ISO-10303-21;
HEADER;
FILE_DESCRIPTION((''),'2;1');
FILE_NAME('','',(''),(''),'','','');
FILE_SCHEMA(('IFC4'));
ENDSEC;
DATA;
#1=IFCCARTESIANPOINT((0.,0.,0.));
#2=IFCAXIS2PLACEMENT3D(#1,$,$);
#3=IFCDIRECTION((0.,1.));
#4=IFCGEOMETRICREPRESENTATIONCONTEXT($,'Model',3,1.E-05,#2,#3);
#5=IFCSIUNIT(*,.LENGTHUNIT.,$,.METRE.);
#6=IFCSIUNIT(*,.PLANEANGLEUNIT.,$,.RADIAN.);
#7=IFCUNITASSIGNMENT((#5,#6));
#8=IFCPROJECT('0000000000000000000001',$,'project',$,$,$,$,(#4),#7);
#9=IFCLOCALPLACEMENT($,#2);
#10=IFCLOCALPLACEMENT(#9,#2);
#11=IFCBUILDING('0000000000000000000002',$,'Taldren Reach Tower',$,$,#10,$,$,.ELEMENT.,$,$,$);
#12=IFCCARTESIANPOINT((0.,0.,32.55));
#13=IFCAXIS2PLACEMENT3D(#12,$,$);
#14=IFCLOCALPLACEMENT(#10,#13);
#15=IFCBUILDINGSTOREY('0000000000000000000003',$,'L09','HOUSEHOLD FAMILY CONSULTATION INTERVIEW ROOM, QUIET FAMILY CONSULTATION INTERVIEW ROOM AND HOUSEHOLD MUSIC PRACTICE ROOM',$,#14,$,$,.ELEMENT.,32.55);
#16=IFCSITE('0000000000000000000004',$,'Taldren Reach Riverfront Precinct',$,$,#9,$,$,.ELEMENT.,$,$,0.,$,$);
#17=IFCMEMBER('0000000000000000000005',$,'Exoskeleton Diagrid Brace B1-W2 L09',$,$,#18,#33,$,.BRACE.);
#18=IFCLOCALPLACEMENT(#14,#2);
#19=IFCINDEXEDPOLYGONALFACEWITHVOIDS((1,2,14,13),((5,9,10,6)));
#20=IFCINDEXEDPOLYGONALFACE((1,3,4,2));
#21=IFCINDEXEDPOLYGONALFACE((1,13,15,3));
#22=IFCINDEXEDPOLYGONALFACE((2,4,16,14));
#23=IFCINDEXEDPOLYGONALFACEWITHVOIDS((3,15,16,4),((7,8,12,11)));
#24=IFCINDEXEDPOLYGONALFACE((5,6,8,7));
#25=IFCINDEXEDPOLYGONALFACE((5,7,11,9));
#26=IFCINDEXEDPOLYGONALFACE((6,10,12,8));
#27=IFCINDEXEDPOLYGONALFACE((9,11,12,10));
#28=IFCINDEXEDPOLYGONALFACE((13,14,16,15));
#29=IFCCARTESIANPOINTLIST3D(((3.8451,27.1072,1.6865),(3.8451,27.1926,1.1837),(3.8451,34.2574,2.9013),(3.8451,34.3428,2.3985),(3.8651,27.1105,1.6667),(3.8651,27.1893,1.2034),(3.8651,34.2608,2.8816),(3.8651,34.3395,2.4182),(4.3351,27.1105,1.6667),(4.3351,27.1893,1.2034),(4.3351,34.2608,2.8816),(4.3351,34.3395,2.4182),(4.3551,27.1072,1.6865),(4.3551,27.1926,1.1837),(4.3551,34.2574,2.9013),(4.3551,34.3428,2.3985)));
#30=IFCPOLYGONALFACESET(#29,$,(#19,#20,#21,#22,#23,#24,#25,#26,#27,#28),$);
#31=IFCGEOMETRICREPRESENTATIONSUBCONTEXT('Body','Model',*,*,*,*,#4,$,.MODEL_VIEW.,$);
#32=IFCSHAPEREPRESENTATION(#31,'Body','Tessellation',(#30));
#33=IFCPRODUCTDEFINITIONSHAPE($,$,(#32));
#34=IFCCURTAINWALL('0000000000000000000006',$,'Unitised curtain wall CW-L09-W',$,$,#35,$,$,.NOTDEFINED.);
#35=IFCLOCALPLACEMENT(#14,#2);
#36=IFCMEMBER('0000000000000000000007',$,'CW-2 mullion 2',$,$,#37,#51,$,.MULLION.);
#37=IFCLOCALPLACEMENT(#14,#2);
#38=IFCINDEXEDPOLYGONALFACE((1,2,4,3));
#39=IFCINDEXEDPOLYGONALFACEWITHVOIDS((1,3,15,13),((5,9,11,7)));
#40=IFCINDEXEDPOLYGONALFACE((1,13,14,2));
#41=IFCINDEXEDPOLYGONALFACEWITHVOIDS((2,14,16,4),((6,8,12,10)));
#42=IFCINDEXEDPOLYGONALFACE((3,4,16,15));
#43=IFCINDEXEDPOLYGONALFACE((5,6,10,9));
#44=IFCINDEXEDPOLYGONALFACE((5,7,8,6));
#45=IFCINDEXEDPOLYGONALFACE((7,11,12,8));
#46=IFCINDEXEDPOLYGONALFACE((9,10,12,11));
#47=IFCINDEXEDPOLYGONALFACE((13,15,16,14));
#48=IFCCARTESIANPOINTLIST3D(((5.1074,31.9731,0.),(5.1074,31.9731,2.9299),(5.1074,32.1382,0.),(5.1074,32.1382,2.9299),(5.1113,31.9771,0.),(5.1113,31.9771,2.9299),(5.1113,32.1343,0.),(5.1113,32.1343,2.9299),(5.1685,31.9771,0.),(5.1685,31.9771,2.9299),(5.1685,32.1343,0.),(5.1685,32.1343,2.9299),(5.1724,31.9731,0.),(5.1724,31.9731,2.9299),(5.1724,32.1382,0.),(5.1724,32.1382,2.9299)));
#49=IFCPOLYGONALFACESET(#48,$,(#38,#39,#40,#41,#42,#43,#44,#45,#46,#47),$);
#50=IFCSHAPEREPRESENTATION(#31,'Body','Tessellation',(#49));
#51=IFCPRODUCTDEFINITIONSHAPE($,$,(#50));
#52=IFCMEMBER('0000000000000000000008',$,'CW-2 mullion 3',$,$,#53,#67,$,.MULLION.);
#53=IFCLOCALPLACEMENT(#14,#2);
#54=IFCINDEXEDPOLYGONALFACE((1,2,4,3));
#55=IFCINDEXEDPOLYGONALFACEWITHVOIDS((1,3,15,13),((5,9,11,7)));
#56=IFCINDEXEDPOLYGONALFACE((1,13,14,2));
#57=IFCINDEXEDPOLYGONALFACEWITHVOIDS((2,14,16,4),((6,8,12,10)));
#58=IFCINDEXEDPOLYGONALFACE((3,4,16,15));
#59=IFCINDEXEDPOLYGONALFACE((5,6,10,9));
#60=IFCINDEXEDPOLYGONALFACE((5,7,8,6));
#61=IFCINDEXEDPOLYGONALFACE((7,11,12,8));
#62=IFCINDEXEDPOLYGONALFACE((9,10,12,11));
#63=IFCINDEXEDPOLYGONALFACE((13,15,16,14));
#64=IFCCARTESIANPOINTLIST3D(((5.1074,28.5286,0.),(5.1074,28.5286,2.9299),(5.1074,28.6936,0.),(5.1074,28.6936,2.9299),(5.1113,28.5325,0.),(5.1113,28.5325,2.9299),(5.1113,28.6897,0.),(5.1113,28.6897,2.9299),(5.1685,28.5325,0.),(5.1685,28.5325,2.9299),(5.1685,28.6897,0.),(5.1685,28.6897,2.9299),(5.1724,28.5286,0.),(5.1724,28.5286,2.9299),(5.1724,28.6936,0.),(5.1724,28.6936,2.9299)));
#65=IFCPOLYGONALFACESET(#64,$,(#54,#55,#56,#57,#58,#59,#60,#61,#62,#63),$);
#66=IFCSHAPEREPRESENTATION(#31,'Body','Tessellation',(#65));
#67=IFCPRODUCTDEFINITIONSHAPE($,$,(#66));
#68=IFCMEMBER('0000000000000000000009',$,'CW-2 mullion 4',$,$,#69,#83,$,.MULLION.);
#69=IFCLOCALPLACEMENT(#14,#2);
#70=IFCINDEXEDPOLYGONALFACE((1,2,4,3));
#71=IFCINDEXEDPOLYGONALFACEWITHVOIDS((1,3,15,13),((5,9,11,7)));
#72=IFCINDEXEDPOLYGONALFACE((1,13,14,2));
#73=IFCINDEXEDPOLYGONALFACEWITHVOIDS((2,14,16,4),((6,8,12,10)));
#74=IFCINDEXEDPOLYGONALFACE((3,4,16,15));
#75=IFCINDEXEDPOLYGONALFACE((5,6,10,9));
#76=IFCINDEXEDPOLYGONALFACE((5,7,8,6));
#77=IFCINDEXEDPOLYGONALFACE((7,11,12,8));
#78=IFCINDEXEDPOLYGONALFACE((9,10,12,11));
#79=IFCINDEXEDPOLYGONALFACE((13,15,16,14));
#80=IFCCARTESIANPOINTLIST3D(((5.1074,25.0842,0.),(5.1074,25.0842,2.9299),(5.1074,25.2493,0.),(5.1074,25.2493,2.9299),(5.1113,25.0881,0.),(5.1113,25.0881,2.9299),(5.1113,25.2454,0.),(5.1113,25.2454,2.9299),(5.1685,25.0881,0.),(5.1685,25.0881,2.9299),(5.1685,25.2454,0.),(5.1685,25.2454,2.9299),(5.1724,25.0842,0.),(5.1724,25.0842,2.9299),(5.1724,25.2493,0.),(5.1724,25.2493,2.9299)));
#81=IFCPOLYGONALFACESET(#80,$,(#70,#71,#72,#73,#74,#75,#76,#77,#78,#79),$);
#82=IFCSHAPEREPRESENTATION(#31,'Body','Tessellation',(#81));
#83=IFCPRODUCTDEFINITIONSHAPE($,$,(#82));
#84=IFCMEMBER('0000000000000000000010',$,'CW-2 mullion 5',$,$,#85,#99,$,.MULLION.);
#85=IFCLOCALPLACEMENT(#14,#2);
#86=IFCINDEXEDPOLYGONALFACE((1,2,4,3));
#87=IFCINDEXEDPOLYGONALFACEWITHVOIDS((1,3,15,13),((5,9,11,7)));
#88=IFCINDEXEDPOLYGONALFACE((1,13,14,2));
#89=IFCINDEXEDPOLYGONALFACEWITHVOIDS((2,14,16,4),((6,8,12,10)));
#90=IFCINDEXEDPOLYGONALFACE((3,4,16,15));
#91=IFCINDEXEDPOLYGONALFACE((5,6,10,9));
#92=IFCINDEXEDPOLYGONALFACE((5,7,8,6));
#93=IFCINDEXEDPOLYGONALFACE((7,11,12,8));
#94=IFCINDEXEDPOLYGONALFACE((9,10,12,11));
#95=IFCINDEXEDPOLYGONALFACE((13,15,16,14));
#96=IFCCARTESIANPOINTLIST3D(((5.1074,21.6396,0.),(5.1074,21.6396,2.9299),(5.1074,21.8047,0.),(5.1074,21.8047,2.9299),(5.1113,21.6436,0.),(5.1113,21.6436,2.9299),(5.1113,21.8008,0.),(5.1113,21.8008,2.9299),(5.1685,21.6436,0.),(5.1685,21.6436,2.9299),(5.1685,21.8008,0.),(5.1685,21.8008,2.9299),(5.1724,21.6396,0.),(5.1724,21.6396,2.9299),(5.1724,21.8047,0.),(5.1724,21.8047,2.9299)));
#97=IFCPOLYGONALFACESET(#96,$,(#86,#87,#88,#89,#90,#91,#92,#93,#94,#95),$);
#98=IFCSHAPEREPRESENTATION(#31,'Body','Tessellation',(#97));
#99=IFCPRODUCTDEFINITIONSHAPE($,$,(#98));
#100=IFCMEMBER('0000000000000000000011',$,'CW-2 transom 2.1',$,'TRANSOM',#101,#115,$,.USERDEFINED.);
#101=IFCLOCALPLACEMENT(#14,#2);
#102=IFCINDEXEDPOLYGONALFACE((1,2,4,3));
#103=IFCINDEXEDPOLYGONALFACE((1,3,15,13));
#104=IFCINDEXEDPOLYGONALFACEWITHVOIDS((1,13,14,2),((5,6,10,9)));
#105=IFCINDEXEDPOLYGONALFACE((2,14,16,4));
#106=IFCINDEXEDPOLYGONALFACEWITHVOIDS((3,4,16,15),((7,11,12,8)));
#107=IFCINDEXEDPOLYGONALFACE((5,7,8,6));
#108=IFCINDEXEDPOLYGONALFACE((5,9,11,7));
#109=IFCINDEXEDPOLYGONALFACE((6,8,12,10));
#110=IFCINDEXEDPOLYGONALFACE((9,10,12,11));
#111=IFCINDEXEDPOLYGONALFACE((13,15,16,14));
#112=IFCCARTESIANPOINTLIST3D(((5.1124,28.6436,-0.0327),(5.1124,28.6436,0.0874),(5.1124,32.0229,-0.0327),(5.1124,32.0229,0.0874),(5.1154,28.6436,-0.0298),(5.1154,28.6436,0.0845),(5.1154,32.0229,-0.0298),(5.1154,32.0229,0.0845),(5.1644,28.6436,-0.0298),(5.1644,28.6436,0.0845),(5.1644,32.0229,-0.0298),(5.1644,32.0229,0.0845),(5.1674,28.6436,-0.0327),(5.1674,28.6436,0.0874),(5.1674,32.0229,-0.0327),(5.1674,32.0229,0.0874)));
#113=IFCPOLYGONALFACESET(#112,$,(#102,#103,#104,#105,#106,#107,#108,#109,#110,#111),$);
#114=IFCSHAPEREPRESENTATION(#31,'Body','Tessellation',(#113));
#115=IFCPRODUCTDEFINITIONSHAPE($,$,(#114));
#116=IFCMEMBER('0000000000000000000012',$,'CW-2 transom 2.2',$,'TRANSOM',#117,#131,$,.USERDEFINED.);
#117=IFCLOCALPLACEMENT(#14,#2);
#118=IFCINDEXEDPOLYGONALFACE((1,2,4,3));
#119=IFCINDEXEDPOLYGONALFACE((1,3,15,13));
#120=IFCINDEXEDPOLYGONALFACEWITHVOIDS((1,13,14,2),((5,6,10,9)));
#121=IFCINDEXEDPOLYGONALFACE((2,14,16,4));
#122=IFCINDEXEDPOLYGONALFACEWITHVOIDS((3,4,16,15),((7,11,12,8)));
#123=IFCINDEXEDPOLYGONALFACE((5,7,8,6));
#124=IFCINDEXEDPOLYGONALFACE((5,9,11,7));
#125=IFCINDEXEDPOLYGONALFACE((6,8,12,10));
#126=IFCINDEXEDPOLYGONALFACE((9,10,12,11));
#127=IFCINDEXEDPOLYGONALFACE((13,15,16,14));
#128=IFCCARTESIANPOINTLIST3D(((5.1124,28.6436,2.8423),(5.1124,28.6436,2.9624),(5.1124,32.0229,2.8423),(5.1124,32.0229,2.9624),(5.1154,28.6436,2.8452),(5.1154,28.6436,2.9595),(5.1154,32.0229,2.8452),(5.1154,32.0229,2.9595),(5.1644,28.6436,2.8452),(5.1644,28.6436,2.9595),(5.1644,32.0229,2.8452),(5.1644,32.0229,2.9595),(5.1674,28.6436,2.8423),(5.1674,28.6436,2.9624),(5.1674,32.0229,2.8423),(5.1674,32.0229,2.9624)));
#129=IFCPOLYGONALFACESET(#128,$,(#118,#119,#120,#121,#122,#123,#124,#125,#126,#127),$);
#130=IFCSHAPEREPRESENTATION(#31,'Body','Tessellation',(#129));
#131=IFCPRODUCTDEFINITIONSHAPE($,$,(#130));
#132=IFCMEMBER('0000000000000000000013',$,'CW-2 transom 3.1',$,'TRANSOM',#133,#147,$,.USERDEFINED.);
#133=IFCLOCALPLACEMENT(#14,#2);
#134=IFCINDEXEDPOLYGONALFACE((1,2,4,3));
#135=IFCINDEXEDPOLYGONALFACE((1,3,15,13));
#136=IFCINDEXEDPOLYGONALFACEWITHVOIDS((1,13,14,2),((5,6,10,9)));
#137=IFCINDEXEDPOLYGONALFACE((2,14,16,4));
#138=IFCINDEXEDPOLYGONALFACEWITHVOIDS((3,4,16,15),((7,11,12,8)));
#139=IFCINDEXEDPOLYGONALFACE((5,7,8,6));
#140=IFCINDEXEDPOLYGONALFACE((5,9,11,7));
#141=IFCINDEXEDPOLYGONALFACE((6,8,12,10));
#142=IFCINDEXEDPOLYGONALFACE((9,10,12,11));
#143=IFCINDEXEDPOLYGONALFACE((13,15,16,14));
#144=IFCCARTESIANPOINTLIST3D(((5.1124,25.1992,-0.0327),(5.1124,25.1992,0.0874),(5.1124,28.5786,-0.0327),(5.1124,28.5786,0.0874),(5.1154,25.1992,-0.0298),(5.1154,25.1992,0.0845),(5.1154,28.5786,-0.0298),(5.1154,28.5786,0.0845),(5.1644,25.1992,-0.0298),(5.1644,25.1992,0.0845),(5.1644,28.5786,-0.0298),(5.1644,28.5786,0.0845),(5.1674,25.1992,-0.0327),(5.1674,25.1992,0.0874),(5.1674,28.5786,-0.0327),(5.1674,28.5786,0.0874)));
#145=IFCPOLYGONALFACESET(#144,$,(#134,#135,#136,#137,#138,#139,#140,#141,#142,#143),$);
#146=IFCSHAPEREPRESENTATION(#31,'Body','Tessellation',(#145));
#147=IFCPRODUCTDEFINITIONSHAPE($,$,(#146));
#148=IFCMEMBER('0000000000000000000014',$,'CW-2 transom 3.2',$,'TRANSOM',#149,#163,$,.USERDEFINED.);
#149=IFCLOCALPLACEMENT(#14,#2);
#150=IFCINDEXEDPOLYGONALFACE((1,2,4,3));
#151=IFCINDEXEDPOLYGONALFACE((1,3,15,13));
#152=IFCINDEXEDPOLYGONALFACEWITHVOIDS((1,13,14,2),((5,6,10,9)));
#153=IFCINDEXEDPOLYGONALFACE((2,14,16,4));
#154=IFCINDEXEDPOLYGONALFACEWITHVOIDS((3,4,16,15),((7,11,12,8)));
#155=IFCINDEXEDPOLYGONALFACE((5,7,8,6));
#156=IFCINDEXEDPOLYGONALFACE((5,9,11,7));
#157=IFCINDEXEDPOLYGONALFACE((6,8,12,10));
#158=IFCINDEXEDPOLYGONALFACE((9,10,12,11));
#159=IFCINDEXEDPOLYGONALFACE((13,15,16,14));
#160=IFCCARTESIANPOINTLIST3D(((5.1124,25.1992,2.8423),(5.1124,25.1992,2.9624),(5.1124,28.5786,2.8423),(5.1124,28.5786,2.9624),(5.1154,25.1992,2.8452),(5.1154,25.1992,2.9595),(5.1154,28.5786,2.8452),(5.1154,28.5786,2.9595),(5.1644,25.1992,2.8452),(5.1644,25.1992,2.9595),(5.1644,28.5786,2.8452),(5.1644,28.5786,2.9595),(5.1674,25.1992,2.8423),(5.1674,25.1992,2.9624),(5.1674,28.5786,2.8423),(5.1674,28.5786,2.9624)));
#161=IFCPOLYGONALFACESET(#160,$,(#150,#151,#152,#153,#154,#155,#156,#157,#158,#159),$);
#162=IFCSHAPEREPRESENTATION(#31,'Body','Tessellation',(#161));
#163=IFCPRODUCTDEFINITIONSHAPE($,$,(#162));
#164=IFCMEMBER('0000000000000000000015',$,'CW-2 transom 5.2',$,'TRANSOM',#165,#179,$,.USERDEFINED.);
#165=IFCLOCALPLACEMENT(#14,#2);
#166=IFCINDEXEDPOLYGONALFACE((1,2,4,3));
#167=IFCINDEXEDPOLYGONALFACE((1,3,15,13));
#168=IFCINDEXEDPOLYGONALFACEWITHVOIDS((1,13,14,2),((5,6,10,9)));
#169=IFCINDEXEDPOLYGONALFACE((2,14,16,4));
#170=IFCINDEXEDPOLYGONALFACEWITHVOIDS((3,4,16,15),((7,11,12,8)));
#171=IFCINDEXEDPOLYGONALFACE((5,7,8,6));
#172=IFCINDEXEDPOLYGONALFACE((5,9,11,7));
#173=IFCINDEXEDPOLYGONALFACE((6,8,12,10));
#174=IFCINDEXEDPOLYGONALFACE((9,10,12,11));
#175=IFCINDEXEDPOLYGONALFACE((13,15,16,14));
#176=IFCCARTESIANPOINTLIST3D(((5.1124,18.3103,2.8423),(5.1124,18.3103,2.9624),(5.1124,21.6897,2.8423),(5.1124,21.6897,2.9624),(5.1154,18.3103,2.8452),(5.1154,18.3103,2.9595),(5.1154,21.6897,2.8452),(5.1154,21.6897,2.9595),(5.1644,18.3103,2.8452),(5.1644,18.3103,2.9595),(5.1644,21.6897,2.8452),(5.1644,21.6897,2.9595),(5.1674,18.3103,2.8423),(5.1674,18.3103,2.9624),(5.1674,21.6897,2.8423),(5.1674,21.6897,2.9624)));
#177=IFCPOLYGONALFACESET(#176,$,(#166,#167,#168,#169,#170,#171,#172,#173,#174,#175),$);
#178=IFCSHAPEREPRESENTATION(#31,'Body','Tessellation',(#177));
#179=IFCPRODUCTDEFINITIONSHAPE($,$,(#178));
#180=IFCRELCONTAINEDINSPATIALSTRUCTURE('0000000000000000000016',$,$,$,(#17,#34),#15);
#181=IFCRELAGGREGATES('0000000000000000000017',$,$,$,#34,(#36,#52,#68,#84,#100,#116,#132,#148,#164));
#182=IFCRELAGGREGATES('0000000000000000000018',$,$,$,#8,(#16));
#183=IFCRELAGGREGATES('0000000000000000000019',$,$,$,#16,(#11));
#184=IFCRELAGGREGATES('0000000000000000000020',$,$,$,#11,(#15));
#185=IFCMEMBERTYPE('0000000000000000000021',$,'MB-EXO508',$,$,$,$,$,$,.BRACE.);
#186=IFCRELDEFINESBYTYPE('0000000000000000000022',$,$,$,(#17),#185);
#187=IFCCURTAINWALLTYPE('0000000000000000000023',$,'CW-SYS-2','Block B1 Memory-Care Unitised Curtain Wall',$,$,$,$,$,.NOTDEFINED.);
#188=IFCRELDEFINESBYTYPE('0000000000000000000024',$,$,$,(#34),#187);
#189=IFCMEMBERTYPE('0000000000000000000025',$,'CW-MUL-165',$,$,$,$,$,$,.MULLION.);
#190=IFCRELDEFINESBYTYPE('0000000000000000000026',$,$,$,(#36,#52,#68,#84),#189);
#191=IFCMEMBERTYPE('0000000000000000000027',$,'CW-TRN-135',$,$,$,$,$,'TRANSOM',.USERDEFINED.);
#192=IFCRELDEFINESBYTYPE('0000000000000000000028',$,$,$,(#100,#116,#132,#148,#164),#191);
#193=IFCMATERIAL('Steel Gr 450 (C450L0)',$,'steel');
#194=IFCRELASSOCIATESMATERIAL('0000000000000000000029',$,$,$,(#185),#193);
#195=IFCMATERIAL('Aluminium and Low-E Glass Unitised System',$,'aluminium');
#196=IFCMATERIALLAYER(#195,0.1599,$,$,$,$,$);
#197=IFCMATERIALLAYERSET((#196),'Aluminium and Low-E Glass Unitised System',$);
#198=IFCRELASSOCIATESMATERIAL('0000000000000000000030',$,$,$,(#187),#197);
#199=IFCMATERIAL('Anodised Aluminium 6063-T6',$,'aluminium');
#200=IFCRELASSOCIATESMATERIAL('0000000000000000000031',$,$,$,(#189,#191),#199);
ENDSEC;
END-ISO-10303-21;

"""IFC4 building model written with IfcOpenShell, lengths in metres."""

from ifc_helpers import new_model, si_unit, direction, frame, origin, origin_2d, place, context, subcontext, project, spatial, hollow_rectangle, extrude, source, transform, mapped, material, layer, layer_set, material_profile, profile_set, type_object, element, aggregate, save


model = new_model("IFC4")

# Units and contexts
model_context = context("Model", 3, precision=1e-05, world=origin(), true_north=direction((0.0, 1.0)))
body_context = subcontext(model_context, "Body", "Model", "MODEL_VIEW")
ifc_project = project(units=[si_unit("LENGTHUNIT", "METRE"), si_unit("PLANEANGLEUNIT", "RADIAN")], contexts=[model_context])

# Site, building, storey
site_placement = place(None, origin())
site = spatial("IfcSite", under=ifc_project, at=site_placement, Name="Taldren Reach Riverfront Precinct", CompositionType="ELEMENT", RefElevation=0.0)
building_placement = place(site_placement, origin())
building = spatial("IfcBuilding", under=site, at=building_placement, Name="Taldren Reach Tower", CompositionType="ELEMENT")
storey_placement = place(building_placement, frame((0.0, 0.0, 32.55)))
storey = spatial("IfcBuildingStorey", under=building, at=storey_placement, Name="L09", Description="HOUSEHOLD FAMILY CONSULTATION INTERVIEW ROOM, QUIET FAMILY CONSULTATION INTERVIEW ROOM AND HOUSEHOLD MUSIC PRACTICE ROOM", CompositionType="ELEMENT", Elevation=32.55)

# Member
ifc_material_1 = material(Name="Steel Gr 450 (C450L0)", Category="steel")
ifc_material_profile_1 = material_profile(ifc_material_1, hollow_rectangle(XDim=0.51, YDim=0.51, WallThickness=0.02, at=origin_2d()), Name="510x510x20.0SHS")
ifc_profile_set_1 = profile_set([ifc_material_profile_1], Name="Steel Gr 450 (C450L0)")
member_type_1 = type_object("IfcMemberType", Name="MB-EXO508", PredefinedType="BRACE", material=ifc_profile_set_1)
shared_shape_1 = source(origin(), body_context, "Body", "SweptSolid", [
    extrude(hollow_rectangle(XDim=0.51, YDim=0.51, WallThickness=0.02, at=origin_2d()), origin(), (0.0, 0.0, 1.0), 7.2527),
])
member_1_placement = place(storey_placement, frame((4.1001, 27.1499, 1.4351), z_axis=(0.0, 0.985871, 0.167504), x_axis=(-1.0, 0.0, 0.0)))
element("IfcMember", 1, at=member_1_placement, inside=storey, type_object=member_type_1, Name="Exoskeleton Diagrid Brace B1-W2 L09", PredefinedType="BRACE", context=body_context, shape_type="MappedRepresentation", body=[
    mapped(shared_shape_1, transform((0.0, 0.0, 0.0), scale=1.0)),
])

# Curtain wall, members
ifc_material_2 = material(Name="Aluminium and Low-E Glass Unitised System", Category="aluminium")
ifc_layer_1 = layer(ifc_material_2, 0.1599)
ifc_layer_set_1 = layer_set([ifc_layer_1], Name="Aluminium and Low-E Glass Unitised System")
curtain_wall_type = type_object("IfcCurtainWallType", Name="CW-SYS-2", Description="Block B1 Memory-Care Unitised Curtain Wall", PredefinedType="NOTDEFINED", material=ifc_layer_set_1)
curtain_wall_placement = place(storey_placement, origin())
curtain_wall = element("IfcCurtainWall", 2, at=curtain_wall_placement, inside=storey, type_object=curtain_wall_type, Name="Unitised curtain wall CW-L09-W", PredefinedType="NOTDEFINED")
ifc_material_3 = material(Name="Anodised Aluminium 6063-T6", Category="aluminium")
ifc_material_profile_2 = material_profile(ifc_material_3, hollow_rectangle(XDim=0.0649, YDim=0.165, WallThickness=0.0039, at=origin_2d()), Name="ALU-165x65x4RHS")
ifc_profile_set_2 = profile_set([ifc_material_profile_2], Name="Anodised Aluminium 6063-T6")
member_type_2 = type_object("IfcMemberType", Name="CW-MUL-165", PredefinedType="MULLION", material=ifc_profile_set_2)
shared_shape_2 = source(origin(), body_context, "Body", "SweptSolid", [
    extrude(hollow_rectangle(XDim=0.0649, YDim=0.165, WallThickness=0.0039, at=origin_2d()), origin(), (0.0, 0.0, 1.0), 2.9299),
])
member_2_placement = place(storey_placement, frame((5.1399, 32.0557, 0.0), z_axis=(0.0, 0.0, 1.0), x_axis=(1.0, 0.0, 0.0)))
member_2 = element("IfcMember", 3, at=member_2_placement, type_object=member_type_2, Name="CW-2 mullion 2", PredefinedType="MULLION", context=body_context, shape_type="MappedRepresentation", body=[
    mapped(shared_shape_2, transform((0.0, 0.0, 0.0), scale=1.0)),
])
member_3_placement = place(storey_placement, frame((5.1399, 28.6111, 0.0), z_axis=(0.0, 0.0, 1.0), x_axis=(1.0, 0.0, 0.0)))
member_3 = element("IfcMember", 4, at=member_3_placement, type_object=member_type_2, Name="CW-2 mullion 3", PredefinedType="MULLION", context=body_context, shape_type="MappedRepresentation", body=[
    mapped(shared_shape_2, transform((0.0, 0.0, 0.0), scale=1.0)),
])
member_4_placement = place(storey_placement, frame((5.1399, 25.1667, 0.0), z_axis=(0.0, 0.0, 1.0), x_axis=(1.0, 0.0, 0.0)))
member_4 = element("IfcMember", 5, at=member_4_placement, type_object=member_type_2, Name="CW-2 mullion 4", PredefinedType="MULLION", context=body_context, shape_type="MappedRepresentation", body=[
    mapped(shared_shape_2, transform((0.0, 0.0, 0.0), scale=1.0)),
])
member_5_placement = place(storey_placement, frame((5.1399, 21.7222, 0.0), z_axis=(0.0, 0.0, 1.0), x_axis=(1.0, 0.0, 0.0)))
member_5 = element("IfcMember", 6, at=member_5_placement, type_object=member_type_2, Name="CW-2 mullion 5", PredefinedType="MULLION", context=body_context, shape_type="MappedRepresentation", body=[
    mapped(shared_shape_2, transform((0.0, 0.0, 0.0), scale=1.0)),
])
ifc_material_profile_3 = material_profile(ifc_material_3, hollow_rectangle(XDim=0.0549, YDim=0.1201, WallThickness=0.0029, at=origin_2d()), Name="ALU-120x55x3RHS")
ifc_profile_set_3 = profile_set([ifc_material_profile_3], Name="Anodised Aluminium 6063-T6")
member_type_3 = type_object("IfcMemberType", Name="CW-TRN-135", ElementType="TRANSOM", PredefinedType="USERDEFINED", material=ifc_profile_set_3)
shared_shape_3 = source(origin(), body_context, "Body", "SweptSolid", [
    extrude(hollow_rectangle(XDim=0.0549, YDim=0.1201, WallThickness=0.0029, at=origin_2d()), origin(), (0.0, 0.0, 1.0), 3.3794),
])
member_6_placement = place(storey_placement, frame((5.1399, 32.0229, 0.0273), z_axis=(0.0, -1.0, 0.0), x_axis=(1.0, 0.0, 0.0)))
member_6 = element("IfcMember", 7, at=member_6_placement, type_object=member_type_3, Name="CW-2 transom 2.1", ObjectType="TRANSOM", PredefinedType="USERDEFINED", context=body_context, shape_type="MappedRepresentation", body=[
    mapped(shared_shape_3, transform((0.0, 0.0, 0.0), scale=1.0)),
])
member_7_placement = place(storey_placement, frame((5.1399, 32.0229, 2.9023), z_axis=(0.0, -1.0, 0.0), x_axis=(1.0, 0.0, 0.0)))
member_7 = element("IfcMember", 8, at=member_7_placement, type_object=member_type_3, Name="CW-2 transom 2.2", ObjectType="TRANSOM", PredefinedType="USERDEFINED", context=body_context, shape_type="MappedRepresentation", body=[
    mapped(shared_shape_3, transform((0.0, 0.0, 0.0), scale=1.0)),
])
member_8_placement = place(storey_placement, frame((5.1399, 28.5786, 0.0273), z_axis=(0.0, -1.0, 0.0), x_axis=(1.0, 0.0, 0.0)))
member_8 = element("IfcMember", 9, at=member_8_placement, type_object=member_type_3, Name="CW-2 transom 3.1", ObjectType="TRANSOM", PredefinedType="USERDEFINED", context=body_context, shape_type="MappedRepresentation", body=[
    mapped(shared_shape_3, transform((0.0, 0.0, 0.0), scale=1.0)),
])
member_9_placement = place(storey_placement, frame((5.1399, 28.5786, 2.9023), z_axis=(0.0, -1.0, 0.0), x_axis=(1.0, 0.0, 0.0)))
member_9 = element("IfcMember", 10, at=member_9_placement, type_object=member_type_3, Name="CW-2 transom 3.2", ObjectType="TRANSOM", PredefinedType="USERDEFINED", context=body_context, shape_type="MappedRepresentation", body=[
    mapped(shared_shape_3, transform((0.0, 0.0, 0.0), scale=1.0)),
])
member_10_placement = place(storey_placement, frame((5.1399, 21.6897, 2.9023), z_axis=(0.0, -1.0, 0.0), x_axis=(1.0, 0.0, 0.0)))
member_10 = element("IfcMember", 11, at=member_10_placement, type_object=member_type_3, Name="CW-2 transom 5.2", ObjectType="TRANSOM", PredefinedType="USERDEFINED", context=body_context, shape_type="MappedRepresentation", body=[
    mapped(shared_shape_3, transform((0.0, 0.0, 0.0), scale=1.0)),
])
aggregate(curtain_wall, [member_2, member_3, member_4, member_5, member_6, member_7, member_8, member_9, member_10])

save(model, "model.ifc")
